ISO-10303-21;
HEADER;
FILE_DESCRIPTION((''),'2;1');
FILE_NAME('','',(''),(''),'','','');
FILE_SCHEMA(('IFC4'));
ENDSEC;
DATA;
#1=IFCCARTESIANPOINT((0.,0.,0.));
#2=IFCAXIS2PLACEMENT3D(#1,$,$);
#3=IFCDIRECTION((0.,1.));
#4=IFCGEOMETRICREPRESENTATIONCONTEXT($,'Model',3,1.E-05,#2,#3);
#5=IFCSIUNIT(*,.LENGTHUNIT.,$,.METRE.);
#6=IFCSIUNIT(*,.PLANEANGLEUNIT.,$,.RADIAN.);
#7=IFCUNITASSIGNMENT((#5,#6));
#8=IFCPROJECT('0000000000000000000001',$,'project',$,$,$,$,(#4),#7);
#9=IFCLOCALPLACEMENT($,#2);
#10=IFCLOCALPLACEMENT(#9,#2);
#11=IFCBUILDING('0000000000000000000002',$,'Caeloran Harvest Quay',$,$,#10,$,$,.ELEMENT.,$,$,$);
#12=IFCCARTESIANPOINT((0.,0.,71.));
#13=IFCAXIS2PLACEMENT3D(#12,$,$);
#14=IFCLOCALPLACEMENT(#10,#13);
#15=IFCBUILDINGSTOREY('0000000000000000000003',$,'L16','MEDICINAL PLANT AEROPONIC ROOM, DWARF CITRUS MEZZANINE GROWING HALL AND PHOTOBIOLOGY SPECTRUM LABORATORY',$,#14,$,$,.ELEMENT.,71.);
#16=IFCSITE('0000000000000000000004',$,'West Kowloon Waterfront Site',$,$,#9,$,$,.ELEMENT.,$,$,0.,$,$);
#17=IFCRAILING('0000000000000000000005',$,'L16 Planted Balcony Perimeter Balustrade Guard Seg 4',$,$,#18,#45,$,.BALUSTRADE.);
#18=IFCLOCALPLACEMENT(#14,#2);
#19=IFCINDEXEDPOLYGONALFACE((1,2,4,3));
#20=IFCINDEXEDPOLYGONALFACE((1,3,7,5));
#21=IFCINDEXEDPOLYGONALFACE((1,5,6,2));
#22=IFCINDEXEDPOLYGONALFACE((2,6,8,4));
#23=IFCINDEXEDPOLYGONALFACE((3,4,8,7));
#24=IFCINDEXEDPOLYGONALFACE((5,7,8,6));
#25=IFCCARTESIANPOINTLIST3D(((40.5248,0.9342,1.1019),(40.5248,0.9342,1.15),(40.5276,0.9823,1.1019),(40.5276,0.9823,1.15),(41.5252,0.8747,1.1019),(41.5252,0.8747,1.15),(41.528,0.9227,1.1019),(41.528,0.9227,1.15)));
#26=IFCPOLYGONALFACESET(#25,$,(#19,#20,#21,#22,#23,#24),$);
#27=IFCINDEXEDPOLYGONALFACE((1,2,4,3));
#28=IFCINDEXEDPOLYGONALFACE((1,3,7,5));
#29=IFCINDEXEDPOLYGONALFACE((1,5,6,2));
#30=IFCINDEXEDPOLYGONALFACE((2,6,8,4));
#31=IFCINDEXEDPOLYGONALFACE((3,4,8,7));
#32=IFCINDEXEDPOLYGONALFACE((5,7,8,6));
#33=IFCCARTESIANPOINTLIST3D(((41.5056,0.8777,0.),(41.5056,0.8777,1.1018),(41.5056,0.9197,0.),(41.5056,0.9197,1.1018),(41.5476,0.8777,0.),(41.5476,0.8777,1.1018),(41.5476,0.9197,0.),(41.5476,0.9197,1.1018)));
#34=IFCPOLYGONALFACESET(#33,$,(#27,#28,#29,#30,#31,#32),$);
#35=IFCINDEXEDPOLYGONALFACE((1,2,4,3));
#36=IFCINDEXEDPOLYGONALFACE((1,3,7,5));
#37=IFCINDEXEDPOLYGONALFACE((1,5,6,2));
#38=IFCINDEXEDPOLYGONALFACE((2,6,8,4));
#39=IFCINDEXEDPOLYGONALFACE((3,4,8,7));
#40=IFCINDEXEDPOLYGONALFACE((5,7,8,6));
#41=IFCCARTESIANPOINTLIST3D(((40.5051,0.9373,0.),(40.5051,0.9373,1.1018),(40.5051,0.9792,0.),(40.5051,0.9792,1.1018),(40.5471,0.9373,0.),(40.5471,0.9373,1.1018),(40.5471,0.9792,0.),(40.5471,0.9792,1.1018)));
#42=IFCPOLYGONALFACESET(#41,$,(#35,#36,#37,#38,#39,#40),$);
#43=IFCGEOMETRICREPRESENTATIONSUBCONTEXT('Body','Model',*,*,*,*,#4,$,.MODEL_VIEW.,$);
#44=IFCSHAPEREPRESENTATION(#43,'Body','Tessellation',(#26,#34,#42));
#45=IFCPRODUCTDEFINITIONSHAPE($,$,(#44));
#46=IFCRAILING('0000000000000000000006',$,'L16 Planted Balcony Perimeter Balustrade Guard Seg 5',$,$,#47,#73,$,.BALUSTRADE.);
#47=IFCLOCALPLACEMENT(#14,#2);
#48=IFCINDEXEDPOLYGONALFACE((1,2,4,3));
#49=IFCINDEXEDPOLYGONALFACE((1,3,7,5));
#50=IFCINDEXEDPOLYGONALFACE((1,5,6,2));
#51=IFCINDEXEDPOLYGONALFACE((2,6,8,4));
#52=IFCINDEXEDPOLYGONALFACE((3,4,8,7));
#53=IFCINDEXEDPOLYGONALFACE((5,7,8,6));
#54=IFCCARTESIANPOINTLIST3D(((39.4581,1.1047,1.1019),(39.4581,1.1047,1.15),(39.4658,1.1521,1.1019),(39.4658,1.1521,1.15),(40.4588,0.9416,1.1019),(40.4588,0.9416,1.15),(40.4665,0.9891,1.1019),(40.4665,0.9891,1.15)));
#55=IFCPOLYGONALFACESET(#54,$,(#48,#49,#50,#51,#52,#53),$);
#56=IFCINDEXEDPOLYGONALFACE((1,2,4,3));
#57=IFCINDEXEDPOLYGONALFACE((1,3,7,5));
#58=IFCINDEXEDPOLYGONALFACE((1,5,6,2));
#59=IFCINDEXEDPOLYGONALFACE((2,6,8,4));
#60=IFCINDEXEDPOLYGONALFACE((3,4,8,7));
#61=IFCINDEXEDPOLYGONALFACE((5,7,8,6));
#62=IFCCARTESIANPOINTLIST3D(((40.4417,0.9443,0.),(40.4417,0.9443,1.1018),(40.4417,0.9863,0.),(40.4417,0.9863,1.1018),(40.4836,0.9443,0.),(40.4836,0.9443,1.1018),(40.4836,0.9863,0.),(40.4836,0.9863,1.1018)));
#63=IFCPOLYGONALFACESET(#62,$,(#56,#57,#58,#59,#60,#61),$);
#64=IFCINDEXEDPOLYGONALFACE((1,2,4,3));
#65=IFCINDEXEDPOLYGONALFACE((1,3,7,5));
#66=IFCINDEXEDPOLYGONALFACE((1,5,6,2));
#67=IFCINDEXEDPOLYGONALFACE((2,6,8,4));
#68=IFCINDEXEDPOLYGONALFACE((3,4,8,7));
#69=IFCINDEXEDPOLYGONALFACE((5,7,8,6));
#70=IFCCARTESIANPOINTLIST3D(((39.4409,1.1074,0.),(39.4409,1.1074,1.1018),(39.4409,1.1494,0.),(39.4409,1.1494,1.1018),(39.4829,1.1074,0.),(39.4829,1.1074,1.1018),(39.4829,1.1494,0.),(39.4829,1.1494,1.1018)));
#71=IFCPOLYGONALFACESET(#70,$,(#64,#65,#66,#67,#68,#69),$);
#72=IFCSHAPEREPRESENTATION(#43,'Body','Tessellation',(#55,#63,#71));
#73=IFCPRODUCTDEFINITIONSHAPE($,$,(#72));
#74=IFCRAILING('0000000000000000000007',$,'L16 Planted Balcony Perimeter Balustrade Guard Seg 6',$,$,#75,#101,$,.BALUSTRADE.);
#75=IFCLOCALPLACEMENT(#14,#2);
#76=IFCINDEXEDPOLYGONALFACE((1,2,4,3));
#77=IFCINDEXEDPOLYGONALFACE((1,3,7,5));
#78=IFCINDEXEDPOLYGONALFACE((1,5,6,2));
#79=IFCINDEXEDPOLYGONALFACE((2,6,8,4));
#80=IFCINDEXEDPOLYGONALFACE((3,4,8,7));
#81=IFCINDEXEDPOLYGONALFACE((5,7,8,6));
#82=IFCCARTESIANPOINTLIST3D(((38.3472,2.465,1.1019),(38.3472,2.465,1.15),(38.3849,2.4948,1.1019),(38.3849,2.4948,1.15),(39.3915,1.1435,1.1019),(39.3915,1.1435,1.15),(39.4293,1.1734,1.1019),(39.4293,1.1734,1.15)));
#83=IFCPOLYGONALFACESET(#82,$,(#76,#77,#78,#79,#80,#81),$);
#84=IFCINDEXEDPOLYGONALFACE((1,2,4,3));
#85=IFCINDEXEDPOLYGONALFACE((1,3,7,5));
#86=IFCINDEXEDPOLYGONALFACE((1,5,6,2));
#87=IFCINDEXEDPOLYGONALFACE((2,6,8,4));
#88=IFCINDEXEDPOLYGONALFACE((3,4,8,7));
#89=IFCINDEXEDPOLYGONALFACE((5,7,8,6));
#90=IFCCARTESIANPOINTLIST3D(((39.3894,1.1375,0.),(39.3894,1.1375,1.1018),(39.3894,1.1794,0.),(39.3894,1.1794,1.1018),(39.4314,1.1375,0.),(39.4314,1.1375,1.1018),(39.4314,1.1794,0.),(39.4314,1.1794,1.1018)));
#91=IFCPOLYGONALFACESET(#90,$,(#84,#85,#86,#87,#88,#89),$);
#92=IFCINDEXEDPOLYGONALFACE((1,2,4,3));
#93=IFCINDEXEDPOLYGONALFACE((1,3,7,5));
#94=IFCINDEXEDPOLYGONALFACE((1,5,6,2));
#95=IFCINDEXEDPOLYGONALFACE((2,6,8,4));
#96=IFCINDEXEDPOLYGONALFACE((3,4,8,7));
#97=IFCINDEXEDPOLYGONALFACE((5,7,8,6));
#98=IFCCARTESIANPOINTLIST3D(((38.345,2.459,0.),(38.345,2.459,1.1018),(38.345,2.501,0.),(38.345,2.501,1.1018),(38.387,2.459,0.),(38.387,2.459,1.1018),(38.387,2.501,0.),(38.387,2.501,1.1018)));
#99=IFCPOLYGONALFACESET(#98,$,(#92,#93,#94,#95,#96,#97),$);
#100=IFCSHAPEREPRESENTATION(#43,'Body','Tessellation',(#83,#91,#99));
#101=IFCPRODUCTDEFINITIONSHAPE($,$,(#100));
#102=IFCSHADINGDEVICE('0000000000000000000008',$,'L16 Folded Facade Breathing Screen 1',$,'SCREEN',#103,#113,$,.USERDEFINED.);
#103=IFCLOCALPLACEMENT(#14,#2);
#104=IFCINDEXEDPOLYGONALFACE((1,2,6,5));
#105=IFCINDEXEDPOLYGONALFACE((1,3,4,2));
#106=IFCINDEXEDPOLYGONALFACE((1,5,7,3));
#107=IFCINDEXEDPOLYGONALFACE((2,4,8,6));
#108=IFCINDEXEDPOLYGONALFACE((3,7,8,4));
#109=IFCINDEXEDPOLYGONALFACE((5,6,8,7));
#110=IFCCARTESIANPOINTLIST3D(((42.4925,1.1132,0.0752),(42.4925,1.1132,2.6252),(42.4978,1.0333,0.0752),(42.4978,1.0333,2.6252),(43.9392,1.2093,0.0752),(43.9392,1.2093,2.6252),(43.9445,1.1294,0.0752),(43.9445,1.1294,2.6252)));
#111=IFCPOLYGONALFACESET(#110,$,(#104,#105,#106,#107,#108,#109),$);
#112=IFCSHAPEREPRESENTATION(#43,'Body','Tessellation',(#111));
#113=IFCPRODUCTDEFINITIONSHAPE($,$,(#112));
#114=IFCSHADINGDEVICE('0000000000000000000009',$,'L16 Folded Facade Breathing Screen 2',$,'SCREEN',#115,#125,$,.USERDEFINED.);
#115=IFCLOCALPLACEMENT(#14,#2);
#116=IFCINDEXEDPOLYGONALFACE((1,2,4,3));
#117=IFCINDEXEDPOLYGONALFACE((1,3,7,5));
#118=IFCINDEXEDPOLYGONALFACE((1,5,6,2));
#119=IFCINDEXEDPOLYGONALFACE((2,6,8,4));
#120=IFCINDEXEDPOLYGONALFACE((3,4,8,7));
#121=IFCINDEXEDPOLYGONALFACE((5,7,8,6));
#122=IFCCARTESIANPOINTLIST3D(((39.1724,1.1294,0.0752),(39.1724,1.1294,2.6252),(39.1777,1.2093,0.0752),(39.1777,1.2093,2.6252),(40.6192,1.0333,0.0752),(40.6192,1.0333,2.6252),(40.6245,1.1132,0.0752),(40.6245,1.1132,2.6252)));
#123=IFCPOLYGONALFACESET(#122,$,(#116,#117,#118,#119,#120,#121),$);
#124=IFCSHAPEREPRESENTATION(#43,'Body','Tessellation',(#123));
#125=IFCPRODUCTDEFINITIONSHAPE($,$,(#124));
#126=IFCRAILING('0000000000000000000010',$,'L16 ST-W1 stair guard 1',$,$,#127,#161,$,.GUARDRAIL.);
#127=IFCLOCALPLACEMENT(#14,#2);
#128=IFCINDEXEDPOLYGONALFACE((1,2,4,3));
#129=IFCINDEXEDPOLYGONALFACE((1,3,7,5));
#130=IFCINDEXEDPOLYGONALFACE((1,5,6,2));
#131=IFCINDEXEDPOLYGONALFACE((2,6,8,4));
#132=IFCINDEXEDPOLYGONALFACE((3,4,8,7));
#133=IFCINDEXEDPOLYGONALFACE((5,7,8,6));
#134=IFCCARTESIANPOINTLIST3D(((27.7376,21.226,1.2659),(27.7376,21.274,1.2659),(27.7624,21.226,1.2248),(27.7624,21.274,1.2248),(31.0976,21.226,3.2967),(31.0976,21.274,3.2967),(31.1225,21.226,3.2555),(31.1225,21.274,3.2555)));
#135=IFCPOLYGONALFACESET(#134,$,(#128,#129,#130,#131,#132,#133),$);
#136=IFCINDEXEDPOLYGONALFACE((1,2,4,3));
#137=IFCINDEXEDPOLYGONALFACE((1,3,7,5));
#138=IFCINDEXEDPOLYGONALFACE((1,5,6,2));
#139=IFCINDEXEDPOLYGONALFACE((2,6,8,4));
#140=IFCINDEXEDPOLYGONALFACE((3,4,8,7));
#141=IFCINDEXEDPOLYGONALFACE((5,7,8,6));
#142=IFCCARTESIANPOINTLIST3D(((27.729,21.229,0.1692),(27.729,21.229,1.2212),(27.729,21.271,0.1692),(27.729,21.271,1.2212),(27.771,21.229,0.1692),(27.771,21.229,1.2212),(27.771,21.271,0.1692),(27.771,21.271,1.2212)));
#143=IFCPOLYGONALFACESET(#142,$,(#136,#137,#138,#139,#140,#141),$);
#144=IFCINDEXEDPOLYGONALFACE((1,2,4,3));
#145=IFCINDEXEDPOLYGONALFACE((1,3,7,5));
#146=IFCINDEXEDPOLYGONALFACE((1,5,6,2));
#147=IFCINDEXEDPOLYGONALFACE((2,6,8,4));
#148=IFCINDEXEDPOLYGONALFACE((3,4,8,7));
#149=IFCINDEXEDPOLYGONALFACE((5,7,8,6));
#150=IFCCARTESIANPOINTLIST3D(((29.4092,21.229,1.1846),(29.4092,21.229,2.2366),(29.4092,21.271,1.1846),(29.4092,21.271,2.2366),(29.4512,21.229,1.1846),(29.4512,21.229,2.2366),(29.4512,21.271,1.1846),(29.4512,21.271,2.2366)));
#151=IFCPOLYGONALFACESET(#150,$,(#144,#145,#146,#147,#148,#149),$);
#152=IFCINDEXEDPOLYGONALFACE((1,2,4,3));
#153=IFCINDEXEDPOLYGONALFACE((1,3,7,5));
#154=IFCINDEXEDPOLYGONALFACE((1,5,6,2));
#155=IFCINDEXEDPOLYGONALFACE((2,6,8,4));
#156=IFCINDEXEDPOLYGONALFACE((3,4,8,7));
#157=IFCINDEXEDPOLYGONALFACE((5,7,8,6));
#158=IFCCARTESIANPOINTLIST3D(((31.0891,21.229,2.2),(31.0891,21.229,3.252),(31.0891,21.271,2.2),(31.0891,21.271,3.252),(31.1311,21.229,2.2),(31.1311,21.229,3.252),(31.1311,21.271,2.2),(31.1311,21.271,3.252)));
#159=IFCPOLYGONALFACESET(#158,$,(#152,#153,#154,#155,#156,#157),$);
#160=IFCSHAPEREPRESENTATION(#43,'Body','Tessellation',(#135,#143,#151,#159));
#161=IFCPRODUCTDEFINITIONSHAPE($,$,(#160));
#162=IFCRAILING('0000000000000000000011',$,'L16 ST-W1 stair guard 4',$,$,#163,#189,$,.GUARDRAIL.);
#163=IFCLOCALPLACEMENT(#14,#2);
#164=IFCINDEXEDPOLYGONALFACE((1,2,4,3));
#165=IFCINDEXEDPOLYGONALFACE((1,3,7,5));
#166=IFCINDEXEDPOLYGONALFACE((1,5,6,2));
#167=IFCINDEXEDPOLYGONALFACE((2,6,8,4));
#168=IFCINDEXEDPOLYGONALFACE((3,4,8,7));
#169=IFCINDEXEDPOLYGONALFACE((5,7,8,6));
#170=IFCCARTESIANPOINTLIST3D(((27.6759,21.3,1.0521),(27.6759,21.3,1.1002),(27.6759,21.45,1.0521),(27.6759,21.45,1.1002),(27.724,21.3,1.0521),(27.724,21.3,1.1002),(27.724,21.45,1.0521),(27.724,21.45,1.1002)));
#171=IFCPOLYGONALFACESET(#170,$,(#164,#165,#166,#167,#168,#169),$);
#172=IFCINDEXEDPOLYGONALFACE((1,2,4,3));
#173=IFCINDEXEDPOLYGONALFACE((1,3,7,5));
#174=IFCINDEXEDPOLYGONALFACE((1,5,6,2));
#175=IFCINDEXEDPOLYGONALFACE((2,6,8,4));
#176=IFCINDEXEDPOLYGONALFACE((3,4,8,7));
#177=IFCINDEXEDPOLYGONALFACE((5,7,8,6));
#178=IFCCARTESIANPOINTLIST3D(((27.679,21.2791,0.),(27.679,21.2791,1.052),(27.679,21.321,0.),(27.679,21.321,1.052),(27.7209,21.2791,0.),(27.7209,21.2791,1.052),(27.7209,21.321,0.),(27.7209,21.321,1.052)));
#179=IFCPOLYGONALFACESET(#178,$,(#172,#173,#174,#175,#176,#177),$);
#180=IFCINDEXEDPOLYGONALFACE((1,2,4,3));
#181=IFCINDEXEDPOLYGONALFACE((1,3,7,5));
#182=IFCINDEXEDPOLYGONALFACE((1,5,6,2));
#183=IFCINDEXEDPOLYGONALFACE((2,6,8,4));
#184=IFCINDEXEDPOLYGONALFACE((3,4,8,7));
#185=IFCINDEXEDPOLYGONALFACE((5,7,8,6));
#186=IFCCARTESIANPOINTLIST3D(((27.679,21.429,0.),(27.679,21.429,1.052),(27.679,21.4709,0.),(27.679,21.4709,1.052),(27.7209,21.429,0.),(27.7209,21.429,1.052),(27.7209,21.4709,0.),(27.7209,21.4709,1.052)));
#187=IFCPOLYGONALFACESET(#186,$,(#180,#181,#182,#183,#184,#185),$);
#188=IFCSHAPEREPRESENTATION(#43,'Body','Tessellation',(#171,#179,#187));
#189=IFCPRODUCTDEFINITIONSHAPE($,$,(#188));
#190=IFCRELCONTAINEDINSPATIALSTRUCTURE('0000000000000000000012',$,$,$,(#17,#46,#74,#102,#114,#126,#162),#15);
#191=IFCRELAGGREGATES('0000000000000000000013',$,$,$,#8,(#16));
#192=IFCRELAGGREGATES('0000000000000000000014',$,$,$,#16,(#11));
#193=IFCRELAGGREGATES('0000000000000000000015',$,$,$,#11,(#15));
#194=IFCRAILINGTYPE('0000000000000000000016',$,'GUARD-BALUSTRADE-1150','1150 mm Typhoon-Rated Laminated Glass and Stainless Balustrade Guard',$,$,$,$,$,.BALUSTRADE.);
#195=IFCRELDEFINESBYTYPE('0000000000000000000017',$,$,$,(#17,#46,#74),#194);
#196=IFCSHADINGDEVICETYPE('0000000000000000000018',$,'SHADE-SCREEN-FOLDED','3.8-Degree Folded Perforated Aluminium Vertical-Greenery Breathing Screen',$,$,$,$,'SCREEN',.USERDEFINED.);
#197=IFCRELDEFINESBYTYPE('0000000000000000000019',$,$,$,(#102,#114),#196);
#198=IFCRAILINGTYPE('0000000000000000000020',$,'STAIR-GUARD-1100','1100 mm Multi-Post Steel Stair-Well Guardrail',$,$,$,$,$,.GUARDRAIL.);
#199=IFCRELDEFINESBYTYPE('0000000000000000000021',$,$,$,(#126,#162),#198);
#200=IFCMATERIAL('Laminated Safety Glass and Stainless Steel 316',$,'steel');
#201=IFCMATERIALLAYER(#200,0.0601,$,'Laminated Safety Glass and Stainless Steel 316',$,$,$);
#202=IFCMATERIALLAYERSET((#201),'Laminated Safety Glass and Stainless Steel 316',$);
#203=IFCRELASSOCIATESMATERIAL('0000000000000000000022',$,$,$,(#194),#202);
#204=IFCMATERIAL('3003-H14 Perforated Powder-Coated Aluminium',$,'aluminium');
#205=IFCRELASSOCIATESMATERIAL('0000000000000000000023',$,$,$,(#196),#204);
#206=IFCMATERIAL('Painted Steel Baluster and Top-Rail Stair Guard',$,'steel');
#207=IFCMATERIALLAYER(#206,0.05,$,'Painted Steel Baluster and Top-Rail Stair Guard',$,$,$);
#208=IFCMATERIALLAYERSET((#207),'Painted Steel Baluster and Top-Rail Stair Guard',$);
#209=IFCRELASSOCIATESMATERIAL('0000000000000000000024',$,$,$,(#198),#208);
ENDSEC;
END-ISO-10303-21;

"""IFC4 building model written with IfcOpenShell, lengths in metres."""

from ifc_helpers import new_model, si_unit, direction, frame, origin, origin_2d, place, context, subcontext, project, spatial, rectangle, extrude, material, layer, layer_set, type_object, element, save


model = new_model("IFC4")

# Units and contexts
model_context = context("Model", 3, precision=1e-05, world=origin(), true_north=direction((0.0, 1.0)))
body_context = subcontext(model_context, "Body", "Model", "MODEL_VIEW")
ifc_project = project(units=[si_unit("LENGTHUNIT", "METRE"), si_unit("PLANEANGLEUNIT", "RADIAN")], contexts=[model_context])

# Site, building, storey
site_placement = place(None, origin())
site = spatial("IfcSite", under=ifc_project, at=site_placement, Name="West Kowloon Waterfront Site", CompositionType="ELEMENT", RefElevation=0.0)
building_placement = place(site_placement, origin())
building = spatial("IfcBuilding", under=site, at=building_placement, Name="Caeloran Harvest Quay", CompositionType="ELEMENT")
storey_placement = place(building_placement, frame((0.0, 0.0, 71.0)))
storey = spatial("IfcBuildingStorey", under=building, at=storey_placement, Name="L16", Description="MEDICINAL PLANT AEROPONIC ROOM, DWARF CITRUS MEZZANINE GROWING HALL AND PHOTOBIOLOGY SPECTRUM LABORATORY", CompositionType="ELEMENT", Elevation=71.0)

# Railings
ifc_material_1 = material(Name="Laminated Safety Glass and Stainless Steel 316", Category="steel")
ifc_layer_1 = layer(ifc_material_1, 0.0601, Name="Laminated Safety Glass and Stainless Steel 316")
ifc_layer_set_1 = layer_set([ifc_layer_1], Name="Laminated Safety Glass and Stainless Steel 316")
railing_type_1 = type_object("IfcRailingType", Name="GUARD-BALUSTRADE-1150", Description="1150 mm Typhoon-Rated Laminated Glass and Stainless Balustrade Guard", PredefinedType="BALUSTRADE", material=ifc_layer_set_1)
railing_1_placement = place(storey_placement, frame((41.5266, 0.8987, 0.0)))
element("IfcRailing", 1, at=railing_1_placement, inside=storey, type_object=railing_type_1, Name="L16 Planted Balcony Perimeter Balustrade Guard Seg 4", PredefinedType="BALUSTRADE", context=body_context, shape_type="SweptSolid", body=[
    extrude(rectangle(XDim=0.0481, YDim=0.0481, at=origin_2d()), frame((0.0, 0.0, 1.126), z_axis=(-0.998232, 0.059436, 0.0), x_axis=(-0.059436, -0.998232, 0.0)), (0.0, 0.0, 1.0), 1.0022),
    extrude(rectangle(XDim=0.042, YDim=0.042, at=origin_2d()), origin(), (0.0, 0.0, 1.0), 1.1018),
    extrude(rectangle(XDim=0.042, YDim=0.042, at=origin_2d()), frame((-1.0005, 0.0596, 0.0)), (0.0, 0.0, 1.0), 1.1018),
])
railing_2_placement = place(storey_placement, frame((40.4626, 0.9653, 0.0)))
element("IfcRailing", 2, at=railing_2_placement, inside=storey, type_object=railing_type_1, Name="L16 Planted Balcony Perimeter Balustrade Guard Seg 5", PredefinedType="BALUSTRADE", context=body_context, shape_type="SweptSolid", body=[
    extrude(rectangle(XDim=0.0481, YDim=0.0481, at=origin_2d()), frame((0.0, 0.0, 1.126), z_axis=(-0.98698, 0.160845, 0.0), x_axis=(-0.160845, -0.98698, 0.0)), (0.0, 0.0, 1.0), 1.0139),
    extrude(rectangle(XDim=0.042, YDim=0.042, at=origin_2d()), origin(), (0.0, 0.0, 1.0), 1.1018),
    extrude(rectangle(XDim=0.042, YDim=0.042, at=origin_2d()), frame((-1.0007, 0.1631, 0.0)), (0.0, 0.0, 1.0), 1.1018),
])
railing_3_placement = place(storey_placement, frame((39.4104, 1.1584, 0.0)))
element("IfcRailing", 3, at=railing_3_placement, inside=storey, type_object=railing_type_1, Name="L16 Planted Balcony Perimeter Balustrade Guard Seg 6", PredefinedType="BALUSTRADE", context=body_context, shape_type="SweptSolid", body=[
    extrude(rectangle(XDim=0.0481, YDim=0.0481, at=origin_2d()), frame((0.0, 0.0, 1.126), z_axis=(-0.620053, 0.78456, 0.0), x_axis=(-0.78456, -0.620053, 0.0)), (0.0, 0.0, 1.0), 1.6843),
    extrude(rectangle(XDim=0.042, YDim=0.042, at=origin_2d()), origin(), (0.0, 0.0, 1.0), 1.1018),
    extrude(rectangle(XDim=0.042, YDim=0.042, at=origin_2d()), frame((-1.0444, 1.3215, 0.0)), (0.0, 0.0, 1.0), 1.1018),
])

# Shading devices
ifc_material_2 = material(Name="3003-H14 Perforated Powder-Coated Aluminium", Category="aluminium")
shading_device_type = type_object("IfcShadingDeviceType", Name="SHADE-SCREEN-FOLDED", Description="3.8-Degree Folded Perforated Aluminium Vertical-Greenery Breathing Screen", ElementType="SCREEN", PredefinedType="USERDEFINED", material=ifc_material_2)
for number, where, z_axis, x_axis, name in (
    (4, (43.2185, 1.1213, 0.0752), (0.0, 0.0, 1.0), (0.997801, 0.066274, 0.0), "L16 Folded Facade Breathing Screen 1"),
    (5, (39.8984, 1.1213, 0.0752), (0.0, 0.0, 1.0), (0.997801, -0.066274, 0.0), "L16 Folded Facade Breathing Screen 2"),
):
    element("IfcShadingDevice", number, at=place(storey_placement, frame(where, z_axis=z_axis, x_axis=x_axis)), inside=storey, type_object=shading_device_type, Name=name, ObjectType="SCREEN", PredefinedType="USERDEFINED", context=body_context, shape_type="SweptSolid", body=[
        extrude(rectangle(XDim=1.45, YDim=0.0801, at=origin_2d()), origin(), (0.0, 0.0, 1.0), 2.55),
    ])

# Railings
ifc_material_3 = material(Name="Painted Steel Baluster and Top-Rail Stair Guard", Category="steel")
ifc_layer_2 = layer(ifc_material_3, 0.05, Name="Painted Steel Baluster and Top-Rail Stair Guard")
ifc_layer_set_2 = layer_set([ifc_layer_2], Name="Painted Steel Baluster and Top-Rail Stair Guard")
railing_type_2 = type_object("IfcRailingType", Name="STAIR-GUARD-1100", Description="1100 mm Multi-Post Steel Stair-Well Guardrail", PredefinedType="GUARDRAIL", material=ifc_layer_set_2)
railing_4_placement = place(storey_placement, frame((27.75, 21.25, 0.1692)))
element("IfcRailing", 6, at=railing_4_placement, inside=storey, type_object=railing_type_2, Name="L16 ST-W1 stair guard 1", PredefinedType="GUARDRAIL", context=body_context, shape_type="SweptSolid", body=[
    extrude(rectangle(XDim=0.0481, YDim=0.0481, at=origin_2d()), frame((0.0, 0.0, 1.0762), z_axis=(0.855837, 0.0, 0.517246), x_axis=(0.0, 1.0, 0.0)), (0.0, 0.0, 1.0), 3.926),
    extrude(rectangle(XDim=0.042, YDim=0.042, at=origin_2d()), origin(), (0.0, 0.0, 1.0), 1.052),
    extrude(rectangle(XDim=0.042, YDim=0.042, at=origin_2d()), frame((1.6802, 0.0, 1.0154)), (0.0, 0.0, 1.0), 1.052),
    extrude(rectangle(XDim=0.042, YDim=0.042, at=origin_2d()), frame((3.3601, 0.0, 2.0308)), (0.0, 0.0, 1.0), 1.052),
])
railing_5_placement = place(storey_placement, frame((27.7, 21.3, 0.0)))
element("IfcRailing", 7, at=railing_5_placement, inside=storey, type_object=railing_type_2, Name="L16 ST-W1 stair guard 4", PredefinedType="GUARDRAIL", context=body_context, shape_type="SweptSolid", body=[
    extrude(rectangle(XDim=0.0481, YDim=0.0481, at=origin_2d()), frame((0.0, 0.0, 1.0762), z_axis=(0.0, 1.0, 0.0), x_axis=(-1.0, 0.0, 0.0)), (0.0, 0.0, 1.0), 0.1499),
    extrude(rectangle(XDim=0.042, YDim=0.042, at=origin_2d()), origin(), (0.0, 0.0, 1.0), 1.052),
    extrude(rectangle(XDim=0.042, YDim=0.042, at=origin_2d()), frame((0.0, 0.1499, 0.0)), (0.0, 0.0, 1.0), 1.052),
])

save(model, "model.ifc")
